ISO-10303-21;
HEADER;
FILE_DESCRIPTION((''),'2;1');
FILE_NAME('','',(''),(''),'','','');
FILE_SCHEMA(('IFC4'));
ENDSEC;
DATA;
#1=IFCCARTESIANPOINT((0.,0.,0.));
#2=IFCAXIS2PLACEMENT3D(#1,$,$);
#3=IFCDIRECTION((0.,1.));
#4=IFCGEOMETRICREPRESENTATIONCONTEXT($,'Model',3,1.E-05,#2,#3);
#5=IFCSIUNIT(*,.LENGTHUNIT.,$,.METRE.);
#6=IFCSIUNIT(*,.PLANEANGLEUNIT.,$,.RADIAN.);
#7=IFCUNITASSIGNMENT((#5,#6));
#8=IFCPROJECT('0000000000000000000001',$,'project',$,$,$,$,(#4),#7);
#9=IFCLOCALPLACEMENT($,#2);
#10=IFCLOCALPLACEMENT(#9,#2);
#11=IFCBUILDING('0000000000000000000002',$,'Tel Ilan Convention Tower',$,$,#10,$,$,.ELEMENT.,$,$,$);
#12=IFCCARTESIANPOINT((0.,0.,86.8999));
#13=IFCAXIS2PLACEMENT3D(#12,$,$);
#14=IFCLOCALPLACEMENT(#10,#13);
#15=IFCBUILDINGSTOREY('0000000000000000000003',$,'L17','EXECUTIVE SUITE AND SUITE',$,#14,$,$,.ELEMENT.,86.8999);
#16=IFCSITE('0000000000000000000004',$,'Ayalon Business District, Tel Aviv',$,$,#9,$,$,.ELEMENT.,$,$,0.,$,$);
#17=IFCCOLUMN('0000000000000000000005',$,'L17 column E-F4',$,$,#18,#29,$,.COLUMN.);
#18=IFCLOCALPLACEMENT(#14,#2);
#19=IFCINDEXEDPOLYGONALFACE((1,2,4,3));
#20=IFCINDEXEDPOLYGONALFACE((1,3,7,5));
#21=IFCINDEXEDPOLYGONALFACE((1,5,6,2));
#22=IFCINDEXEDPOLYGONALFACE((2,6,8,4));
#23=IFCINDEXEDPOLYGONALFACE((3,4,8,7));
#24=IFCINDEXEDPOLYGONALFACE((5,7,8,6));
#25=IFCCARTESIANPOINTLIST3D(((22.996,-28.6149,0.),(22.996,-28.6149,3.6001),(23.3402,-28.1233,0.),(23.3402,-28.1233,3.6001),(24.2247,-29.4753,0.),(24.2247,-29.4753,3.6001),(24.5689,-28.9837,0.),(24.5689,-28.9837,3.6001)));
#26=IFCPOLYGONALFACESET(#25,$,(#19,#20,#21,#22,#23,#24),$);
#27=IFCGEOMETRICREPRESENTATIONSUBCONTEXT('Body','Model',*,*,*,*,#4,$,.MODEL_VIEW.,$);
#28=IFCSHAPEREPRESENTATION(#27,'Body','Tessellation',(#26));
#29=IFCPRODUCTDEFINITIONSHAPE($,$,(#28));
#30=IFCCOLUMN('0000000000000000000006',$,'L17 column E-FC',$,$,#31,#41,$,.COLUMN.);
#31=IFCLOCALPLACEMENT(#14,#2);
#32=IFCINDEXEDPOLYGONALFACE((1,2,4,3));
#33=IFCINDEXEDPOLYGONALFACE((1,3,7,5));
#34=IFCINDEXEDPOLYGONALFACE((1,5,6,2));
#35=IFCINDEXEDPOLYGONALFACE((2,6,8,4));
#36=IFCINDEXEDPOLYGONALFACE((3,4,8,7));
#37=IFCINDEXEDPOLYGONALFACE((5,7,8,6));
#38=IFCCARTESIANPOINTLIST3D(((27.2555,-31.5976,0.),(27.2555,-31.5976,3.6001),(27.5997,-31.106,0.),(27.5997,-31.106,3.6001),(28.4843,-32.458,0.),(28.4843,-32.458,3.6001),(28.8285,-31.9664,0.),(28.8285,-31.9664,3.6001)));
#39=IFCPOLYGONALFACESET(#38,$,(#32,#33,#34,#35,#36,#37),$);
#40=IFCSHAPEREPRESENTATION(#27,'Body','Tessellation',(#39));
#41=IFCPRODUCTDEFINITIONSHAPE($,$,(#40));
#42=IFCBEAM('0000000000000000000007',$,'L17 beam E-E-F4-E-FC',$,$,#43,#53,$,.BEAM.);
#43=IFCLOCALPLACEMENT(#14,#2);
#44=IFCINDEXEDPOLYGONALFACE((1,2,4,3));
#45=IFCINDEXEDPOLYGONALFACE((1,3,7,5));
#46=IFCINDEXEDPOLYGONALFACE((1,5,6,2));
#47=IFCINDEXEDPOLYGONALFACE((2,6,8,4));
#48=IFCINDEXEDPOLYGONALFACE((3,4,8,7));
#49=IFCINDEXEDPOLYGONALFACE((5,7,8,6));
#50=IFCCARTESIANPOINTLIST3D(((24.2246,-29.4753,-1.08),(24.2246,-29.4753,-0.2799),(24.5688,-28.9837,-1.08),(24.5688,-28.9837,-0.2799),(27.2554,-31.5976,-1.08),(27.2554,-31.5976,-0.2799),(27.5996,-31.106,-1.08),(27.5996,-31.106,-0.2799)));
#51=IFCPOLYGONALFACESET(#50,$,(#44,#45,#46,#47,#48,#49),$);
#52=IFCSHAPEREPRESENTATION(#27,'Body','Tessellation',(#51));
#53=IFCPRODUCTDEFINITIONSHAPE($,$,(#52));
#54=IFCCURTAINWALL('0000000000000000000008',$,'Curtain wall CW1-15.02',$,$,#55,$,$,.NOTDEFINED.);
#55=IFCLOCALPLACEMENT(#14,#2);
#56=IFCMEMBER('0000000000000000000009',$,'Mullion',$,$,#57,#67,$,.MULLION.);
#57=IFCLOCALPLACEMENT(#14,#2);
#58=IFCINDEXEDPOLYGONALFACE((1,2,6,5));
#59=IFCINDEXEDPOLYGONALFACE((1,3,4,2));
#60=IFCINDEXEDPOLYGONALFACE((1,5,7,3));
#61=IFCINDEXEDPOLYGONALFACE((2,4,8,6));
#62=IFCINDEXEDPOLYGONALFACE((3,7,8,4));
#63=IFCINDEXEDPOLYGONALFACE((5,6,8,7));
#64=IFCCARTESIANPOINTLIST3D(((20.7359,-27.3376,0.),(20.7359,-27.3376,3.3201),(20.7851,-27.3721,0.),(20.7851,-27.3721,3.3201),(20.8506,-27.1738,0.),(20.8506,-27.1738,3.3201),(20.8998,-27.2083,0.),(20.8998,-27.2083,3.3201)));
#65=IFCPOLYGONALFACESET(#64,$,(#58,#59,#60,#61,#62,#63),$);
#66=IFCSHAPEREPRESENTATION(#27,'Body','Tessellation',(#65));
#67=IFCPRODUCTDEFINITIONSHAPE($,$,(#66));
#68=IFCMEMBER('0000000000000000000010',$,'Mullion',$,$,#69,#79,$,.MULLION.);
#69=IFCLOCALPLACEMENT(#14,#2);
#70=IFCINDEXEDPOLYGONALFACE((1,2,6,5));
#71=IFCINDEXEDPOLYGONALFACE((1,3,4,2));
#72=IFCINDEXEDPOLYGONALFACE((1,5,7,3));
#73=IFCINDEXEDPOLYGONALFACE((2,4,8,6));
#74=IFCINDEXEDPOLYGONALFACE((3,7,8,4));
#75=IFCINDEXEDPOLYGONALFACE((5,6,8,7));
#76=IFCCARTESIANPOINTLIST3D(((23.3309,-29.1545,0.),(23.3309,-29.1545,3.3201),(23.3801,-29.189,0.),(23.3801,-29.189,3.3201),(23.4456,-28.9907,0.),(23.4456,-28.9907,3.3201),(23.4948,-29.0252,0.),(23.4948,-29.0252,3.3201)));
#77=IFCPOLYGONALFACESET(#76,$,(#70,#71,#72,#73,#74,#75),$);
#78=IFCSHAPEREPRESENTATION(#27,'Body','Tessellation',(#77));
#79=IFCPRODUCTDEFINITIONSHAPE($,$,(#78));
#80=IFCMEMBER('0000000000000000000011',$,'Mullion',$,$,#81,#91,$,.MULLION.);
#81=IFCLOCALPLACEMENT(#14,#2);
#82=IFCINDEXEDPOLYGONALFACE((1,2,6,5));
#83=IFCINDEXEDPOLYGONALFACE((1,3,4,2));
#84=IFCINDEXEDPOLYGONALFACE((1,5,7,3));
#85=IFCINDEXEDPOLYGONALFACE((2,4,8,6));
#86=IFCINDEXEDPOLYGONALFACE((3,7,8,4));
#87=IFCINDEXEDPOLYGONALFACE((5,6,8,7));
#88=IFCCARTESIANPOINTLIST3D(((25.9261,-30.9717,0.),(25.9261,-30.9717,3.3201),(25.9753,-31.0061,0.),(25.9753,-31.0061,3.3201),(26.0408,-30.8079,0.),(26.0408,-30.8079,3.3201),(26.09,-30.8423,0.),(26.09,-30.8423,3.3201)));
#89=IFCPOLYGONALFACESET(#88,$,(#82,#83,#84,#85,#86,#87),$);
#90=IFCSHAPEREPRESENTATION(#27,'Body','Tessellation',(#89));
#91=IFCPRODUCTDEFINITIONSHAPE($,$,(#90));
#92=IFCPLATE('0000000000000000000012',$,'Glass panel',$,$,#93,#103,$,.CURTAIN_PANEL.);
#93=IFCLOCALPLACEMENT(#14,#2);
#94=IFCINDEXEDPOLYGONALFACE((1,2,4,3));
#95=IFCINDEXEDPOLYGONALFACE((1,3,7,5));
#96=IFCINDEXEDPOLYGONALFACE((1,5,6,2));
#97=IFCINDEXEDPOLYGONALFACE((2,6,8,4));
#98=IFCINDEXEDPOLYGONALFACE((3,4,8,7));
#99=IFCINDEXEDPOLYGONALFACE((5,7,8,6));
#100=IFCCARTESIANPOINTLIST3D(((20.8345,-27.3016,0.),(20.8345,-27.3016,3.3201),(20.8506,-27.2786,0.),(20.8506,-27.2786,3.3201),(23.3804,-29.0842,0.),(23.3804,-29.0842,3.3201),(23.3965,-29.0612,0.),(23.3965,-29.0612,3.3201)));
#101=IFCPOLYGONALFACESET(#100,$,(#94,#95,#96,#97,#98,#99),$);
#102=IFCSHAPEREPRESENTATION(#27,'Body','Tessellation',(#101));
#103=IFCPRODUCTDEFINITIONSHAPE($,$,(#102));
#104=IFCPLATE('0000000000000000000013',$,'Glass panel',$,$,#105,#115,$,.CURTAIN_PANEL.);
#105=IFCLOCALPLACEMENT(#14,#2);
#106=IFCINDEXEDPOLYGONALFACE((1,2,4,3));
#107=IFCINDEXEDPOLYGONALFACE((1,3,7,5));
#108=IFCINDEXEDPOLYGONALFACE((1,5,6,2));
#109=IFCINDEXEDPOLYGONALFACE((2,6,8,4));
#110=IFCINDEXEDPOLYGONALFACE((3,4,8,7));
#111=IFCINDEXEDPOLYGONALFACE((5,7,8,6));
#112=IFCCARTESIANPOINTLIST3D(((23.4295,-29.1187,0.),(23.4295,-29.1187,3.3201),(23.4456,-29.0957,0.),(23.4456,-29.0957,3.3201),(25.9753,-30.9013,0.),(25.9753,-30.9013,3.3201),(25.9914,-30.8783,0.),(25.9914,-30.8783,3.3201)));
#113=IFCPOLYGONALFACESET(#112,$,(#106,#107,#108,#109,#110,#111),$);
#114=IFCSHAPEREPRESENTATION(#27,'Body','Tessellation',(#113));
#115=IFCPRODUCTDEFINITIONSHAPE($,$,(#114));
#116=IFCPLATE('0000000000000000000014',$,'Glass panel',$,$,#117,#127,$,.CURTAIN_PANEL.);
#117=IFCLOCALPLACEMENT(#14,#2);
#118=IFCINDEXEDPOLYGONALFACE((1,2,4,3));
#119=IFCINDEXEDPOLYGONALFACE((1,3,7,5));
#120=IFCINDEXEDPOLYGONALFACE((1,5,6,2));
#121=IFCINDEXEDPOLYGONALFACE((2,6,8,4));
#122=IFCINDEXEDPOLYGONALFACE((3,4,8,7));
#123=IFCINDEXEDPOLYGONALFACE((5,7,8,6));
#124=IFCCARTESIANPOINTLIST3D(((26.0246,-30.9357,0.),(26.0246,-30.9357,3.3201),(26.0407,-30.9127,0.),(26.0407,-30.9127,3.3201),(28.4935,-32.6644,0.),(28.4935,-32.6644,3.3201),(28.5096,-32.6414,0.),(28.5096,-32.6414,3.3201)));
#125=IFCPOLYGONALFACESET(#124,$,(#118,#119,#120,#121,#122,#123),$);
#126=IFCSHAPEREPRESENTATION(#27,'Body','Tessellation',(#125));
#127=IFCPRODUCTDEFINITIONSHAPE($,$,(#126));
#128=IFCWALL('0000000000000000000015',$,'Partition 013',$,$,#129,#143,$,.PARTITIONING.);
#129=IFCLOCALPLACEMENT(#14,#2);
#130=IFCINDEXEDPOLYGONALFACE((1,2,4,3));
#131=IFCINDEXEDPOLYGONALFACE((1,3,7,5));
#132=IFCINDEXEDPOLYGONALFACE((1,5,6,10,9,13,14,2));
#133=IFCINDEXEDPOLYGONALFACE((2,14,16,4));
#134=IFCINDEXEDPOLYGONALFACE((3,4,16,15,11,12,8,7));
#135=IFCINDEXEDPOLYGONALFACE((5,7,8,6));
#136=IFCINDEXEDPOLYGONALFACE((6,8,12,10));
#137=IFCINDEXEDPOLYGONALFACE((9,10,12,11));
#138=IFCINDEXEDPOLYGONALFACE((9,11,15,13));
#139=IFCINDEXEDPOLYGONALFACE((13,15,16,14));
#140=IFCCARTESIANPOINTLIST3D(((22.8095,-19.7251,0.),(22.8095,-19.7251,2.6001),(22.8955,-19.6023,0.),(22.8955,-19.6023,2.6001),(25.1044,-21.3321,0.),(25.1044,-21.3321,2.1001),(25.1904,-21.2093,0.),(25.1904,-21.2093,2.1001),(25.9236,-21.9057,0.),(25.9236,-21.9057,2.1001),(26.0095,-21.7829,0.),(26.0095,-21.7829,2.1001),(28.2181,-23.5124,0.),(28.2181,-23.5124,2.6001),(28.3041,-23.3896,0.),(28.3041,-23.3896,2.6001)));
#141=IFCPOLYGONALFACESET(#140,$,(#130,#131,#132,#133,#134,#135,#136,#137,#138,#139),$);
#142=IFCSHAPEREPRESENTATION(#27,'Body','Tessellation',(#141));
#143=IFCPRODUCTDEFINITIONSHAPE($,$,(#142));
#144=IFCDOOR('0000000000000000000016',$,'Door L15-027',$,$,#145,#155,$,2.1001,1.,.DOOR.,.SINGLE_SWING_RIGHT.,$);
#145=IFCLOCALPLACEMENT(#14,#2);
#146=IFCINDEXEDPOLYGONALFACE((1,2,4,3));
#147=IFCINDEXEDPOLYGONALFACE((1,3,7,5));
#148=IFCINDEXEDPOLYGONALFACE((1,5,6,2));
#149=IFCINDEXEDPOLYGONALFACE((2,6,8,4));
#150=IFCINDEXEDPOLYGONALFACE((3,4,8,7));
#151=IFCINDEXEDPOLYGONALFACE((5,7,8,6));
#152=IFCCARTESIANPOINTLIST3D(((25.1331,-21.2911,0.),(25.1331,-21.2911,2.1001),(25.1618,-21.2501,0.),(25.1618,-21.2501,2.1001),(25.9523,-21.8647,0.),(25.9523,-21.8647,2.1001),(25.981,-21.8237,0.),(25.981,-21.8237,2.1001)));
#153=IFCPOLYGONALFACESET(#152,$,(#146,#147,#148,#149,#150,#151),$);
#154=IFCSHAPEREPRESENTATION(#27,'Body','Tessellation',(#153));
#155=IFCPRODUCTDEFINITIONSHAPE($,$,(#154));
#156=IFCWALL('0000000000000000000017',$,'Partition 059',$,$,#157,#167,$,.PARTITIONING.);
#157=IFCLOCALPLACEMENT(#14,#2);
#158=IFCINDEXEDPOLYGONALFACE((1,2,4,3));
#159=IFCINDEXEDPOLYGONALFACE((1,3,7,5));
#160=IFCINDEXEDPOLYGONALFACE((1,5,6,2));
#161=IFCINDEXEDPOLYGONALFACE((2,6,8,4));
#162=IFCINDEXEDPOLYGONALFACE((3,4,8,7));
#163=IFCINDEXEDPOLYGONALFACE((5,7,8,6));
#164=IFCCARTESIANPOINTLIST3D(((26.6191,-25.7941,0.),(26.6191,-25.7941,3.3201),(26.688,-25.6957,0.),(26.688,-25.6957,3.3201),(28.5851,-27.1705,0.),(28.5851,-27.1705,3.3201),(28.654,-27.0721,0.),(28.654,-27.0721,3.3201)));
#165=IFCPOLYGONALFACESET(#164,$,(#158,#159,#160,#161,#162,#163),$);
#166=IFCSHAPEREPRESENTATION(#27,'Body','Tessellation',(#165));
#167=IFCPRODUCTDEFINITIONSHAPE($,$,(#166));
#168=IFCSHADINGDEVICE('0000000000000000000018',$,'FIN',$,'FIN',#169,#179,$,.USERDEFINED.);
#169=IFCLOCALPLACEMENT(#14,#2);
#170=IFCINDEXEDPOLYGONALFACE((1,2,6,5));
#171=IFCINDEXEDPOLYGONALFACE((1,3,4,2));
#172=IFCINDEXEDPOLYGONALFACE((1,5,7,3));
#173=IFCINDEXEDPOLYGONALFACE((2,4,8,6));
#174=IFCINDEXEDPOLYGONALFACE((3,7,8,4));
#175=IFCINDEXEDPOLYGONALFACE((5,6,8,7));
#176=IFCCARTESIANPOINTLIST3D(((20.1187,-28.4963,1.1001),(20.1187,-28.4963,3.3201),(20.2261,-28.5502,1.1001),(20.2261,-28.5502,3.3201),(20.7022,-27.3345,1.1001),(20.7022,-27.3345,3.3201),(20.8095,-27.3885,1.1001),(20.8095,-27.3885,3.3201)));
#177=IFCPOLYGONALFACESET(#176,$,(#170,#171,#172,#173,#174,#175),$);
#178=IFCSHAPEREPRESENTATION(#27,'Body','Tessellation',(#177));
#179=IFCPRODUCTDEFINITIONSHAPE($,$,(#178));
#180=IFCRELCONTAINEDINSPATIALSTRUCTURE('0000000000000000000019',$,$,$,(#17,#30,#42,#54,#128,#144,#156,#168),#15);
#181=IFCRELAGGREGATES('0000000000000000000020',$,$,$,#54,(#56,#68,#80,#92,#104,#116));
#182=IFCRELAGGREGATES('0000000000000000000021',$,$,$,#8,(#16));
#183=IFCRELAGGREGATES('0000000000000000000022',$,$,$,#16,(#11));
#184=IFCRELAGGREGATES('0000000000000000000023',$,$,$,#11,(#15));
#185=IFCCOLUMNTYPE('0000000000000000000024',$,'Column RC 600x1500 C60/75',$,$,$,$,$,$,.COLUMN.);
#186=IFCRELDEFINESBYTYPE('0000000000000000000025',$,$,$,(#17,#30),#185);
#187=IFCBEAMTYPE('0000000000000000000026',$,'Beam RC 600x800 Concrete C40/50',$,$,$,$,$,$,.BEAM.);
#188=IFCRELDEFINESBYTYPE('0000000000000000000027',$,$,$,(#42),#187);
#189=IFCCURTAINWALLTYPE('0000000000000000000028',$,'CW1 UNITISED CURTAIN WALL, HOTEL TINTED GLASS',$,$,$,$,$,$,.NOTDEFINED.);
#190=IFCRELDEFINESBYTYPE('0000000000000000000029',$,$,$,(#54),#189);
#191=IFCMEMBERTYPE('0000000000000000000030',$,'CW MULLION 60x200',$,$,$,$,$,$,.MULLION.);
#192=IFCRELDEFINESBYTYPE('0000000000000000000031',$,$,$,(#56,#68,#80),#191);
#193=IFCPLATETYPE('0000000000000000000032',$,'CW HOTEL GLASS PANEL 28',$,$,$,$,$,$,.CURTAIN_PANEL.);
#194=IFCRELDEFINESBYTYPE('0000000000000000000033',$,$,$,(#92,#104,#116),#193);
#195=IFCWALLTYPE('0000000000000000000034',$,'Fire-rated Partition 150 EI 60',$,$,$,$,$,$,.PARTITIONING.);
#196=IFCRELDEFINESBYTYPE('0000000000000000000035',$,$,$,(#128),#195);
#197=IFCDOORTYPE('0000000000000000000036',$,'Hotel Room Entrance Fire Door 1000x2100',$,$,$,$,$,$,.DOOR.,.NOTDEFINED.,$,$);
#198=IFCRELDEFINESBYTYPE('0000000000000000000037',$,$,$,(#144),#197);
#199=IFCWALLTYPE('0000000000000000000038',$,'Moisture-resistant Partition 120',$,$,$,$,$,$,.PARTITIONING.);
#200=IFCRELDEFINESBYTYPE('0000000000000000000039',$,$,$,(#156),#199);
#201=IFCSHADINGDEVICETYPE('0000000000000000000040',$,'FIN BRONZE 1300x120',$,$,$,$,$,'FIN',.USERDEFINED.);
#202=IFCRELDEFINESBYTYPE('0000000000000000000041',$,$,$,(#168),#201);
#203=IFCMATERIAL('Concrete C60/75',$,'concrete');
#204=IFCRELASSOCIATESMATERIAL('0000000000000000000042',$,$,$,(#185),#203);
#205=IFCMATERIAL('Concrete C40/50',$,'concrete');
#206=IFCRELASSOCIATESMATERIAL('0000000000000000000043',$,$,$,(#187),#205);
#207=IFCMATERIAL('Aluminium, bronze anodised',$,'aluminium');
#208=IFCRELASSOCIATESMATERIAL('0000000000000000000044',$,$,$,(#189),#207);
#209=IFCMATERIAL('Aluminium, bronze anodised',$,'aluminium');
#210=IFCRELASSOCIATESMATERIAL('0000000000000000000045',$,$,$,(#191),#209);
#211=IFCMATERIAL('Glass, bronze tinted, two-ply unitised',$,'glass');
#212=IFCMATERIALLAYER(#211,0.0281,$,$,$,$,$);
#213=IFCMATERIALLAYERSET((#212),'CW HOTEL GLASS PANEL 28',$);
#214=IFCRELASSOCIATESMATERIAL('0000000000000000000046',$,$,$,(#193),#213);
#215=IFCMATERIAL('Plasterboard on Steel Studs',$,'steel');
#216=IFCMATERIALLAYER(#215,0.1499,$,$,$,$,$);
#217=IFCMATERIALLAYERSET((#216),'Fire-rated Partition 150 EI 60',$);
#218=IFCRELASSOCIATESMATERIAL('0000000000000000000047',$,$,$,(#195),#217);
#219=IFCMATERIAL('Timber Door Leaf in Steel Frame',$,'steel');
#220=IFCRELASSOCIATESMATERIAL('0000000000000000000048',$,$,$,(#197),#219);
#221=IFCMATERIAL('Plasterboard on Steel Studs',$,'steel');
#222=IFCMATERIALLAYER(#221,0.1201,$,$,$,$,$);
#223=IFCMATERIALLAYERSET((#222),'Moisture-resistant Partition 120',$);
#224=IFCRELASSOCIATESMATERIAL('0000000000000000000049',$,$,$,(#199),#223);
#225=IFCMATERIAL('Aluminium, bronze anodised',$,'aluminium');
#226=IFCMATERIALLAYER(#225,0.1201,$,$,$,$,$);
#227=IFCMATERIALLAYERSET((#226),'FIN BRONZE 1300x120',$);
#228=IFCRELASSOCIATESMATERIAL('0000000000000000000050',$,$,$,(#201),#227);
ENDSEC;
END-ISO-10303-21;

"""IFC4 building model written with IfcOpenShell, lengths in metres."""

from ifc_helpers import new_model, si_unit, direction, frame, frame_2d, origin, origin_2d, place, context, subcontext, project, spatial, rectangle, extrude, material, layer, layer_set, material_profile, profile_set, type_object, element, fill, aggregate, save


model = new_model("IFC4")

# Units and contexts
model_context = context("Model", 3, precision=1e-05, world=origin(), true_north=direction((0.0, 1.0)))
body_context = subcontext(model_context, "Body", "Model", "MODEL_VIEW")
ifc_project = project(units=[si_unit("LENGTHUNIT", "METRE"), si_unit("PLANEANGLEUNIT", "RADIAN")], contexts=[model_context])

# Site, building, storey
site_placement = place(None, origin())
site = spatial("IfcSite", under=ifc_project, at=site_placement, Name="Ayalon Business District, Tel Aviv", CompositionType="ELEMENT", RefElevation=0.0)
building_placement = place(site_placement, origin())
building = spatial("IfcBuilding", under=site, at=building_placement, Name="Tel Ilan Convention Tower", CompositionType="ELEMENT")
storey_placement = place(building_placement, frame((0.0, 0.0, 86.8999)))
storey = spatial("IfcBuildingStorey", under=building, at=storey_placement, Name="L17", Description="EXECUTIVE SUITE AND SUITE", CompositionType="ELEMENT", Elevation=86.8999)

# Columns
ifc_material_1 = material(Name="Concrete C60/75", Category="concrete")
ifc_material_profile_1 = material_profile(ifc_material_1, rectangle(XDim=1.5, YDim=0.6001, at=origin_2d()), Name="RC 600x1500")
ifc_profile_set_1 = profile_set([ifc_material_profile_1], Name="Concrete C60/75")
column_type = type_object("IfcColumnType", Name="Column RC 600x1500 C60/75", PredefinedType="COLUMN", material=ifc_profile_set_1)
for number, where, z_axis, x_axis, name in (
    (1, (23.7825, -28.7993, 0.0), (0.0, 0.0, 1.0), (0.819152, -0.573576, 0.0), "L17 column E-F4"),
    (2, (28.042, -31.782, 0.0), (0.0, 0.0, 1.0), (0.819152, -0.573576, 0.0), "L17 column E-FC"),
):
    element("IfcColumn", number, at=place(storey_placement, frame(where, z_axis=z_axis, x_axis=x_axis)), inside=storey, type_object=column_type, Name=name, PredefinedType="COLUMN", context=body_context, shape_type="SweptSolid", body=[
        extrude(rectangle(XDim=1.5, YDim=0.6001, at=origin_2d()), origin(), (0.0, 0.0, 1.0), 3.6001),
    ])

# Beam
ifc_material_2 = material(Name="Concrete C40/50", Category="concrete")
ifc_material_profile_2 = material_profile(ifc_material_2, rectangle(XDim=0.6001, YDim=0.8, at=origin_2d()), Name="RC 600x800")
ifc_profile_set_2 = profile_set([ifc_material_profile_2], Name="Concrete C40/50")
beam_type = type_object("IfcBeamType", Name="Beam RC 600x800 Concrete C40/50", PredefinedType="BEAM", material=ifc_profile_set_2)
beam_placement = place(storey_placement, frame((24.3967, -29.2295, -0.6799), z_axis=(0.819133, -0.573604, 0.0), x_axis=(0.573604, 0.819133, 0.0)))
element("IfcBeam", 3, at=beam_placement, inside=storey, type_object=beam_type, Name="L17 beam E-E-F4-E-FC", PredefinedType="BEAM", context=body_context, shape_type="SweptSolid", body=[
    extrude(rectangle(XDim=0.6001, YDim=0.8, at=origin_2d()), origin(), (0.0, 0.0, 1.0), 3.7),
])

# Curtain wall, members, plates
ifc_material_3 = material(Name="Aluminium, bronze anodised", Category="aluminium")
curtain_wall_type = type_object("IfcCurtainWallType", Name="CW1 UNITISED CURTAIN WALL, HOTEL TINTED GLASS", PredefinedType="NOTDEFINED", material=ifc_material_3)
curtain_wall_placement = place(storey_placement, origin())
curtain_wall = element("IfcCurtainWall", 4, at=curtain_wall_placement, inside=storey, type_object=curtain_wall_type, Name="Curtain wall CW1-15.02", PredefinedType="NOTDEFINED")
ifc_material_4 = material(Name="Aluminium, bronze anodised", Category="aluminium")
ifc_material_profile_3 = material_profile(ifc_material_4, rectangle(XDim=0.0601, YDim=0.2, at=origin_2d()), Name="CW MULLION 60x200")
ifc_profile_set_3 = profile_set([ifc_material_profile_3], Name="Aluminium, bronze anodised")
member_type = type_object("IfcMemberType", Name="CW MULLION 60x200", PredefinedType="MULLION", material=ifc_profile_set_3)
member_1_placement = place(storey_placement, frame((20.8179, -27.2729, 0.0), z_axis=(0.0, 0.0, 1.0), x_axis=(0.819152, -0.573576, 0.0)))
member_1 = element("IfcMember", 5, at=member_1_placement, type_object=member_type, Name="Mullion", PredefinedType="MULLION", context=body_context, shape_type="SweptSolid", body=[
    extrude(rectangle(XDim=0.0601, YDim=0.2, at=origin_2d()), origin(), (0.0, 0.0, 1.0), 3.3201),
])
member_2_placement = place(storey_placement, frame((23.4128, -29.0898, 0.0), z_axis=(0.0, 0.0, 1.0), x_axis=(0.819152, -0.573576, 0.0)))
member_2 = element("IfcMember", 6, at=member_2_placement, type_object=member_type, Name="Mullion", PredefinedType="MULLION", context=body_context, shape_type="SweptSolid", body=[
    extrude(rectangle(XDim=0.0601, YDim=0.2, at=origin_2d()), origin(), (0.0, 0.0, 1.0), 3.3201),
])
member_3_placement = place(storey_placement, frame((26.0081, -30.907, 0.0), z_axis=(0.0, 0.0, 1.0), x_axis=(0.819152, -0.573576, 0.0)))
member_3 = element("IfcMember", 7, at=member_3_placement, type_object=member_type, Name="Mullion", PredefinedType="MULLION", context=body_context, shape_type="SweptSolid", body=[
    extrude(rectangle(XDim=0.0601, YDim=0.2, at=origin_2d()), origin(), (0.0, 0.0, 1.0), 3.3201),
])
ifc_material_5 = material(Name="Glass, bronze tinted, two-ply unitised", Category="glass")
ifc_layer_1 = layer(ifc_material_5, 0.0281)
ifc_layer_set_1 = layer_set([ifc_layer_1], Name="CW HOTEL GLASS PANEL 28")
plate_type = type_object("IfcPlateType", Name="CW HOTEL GLASS PANEL 28", PredefinedType="CURTAIN_PANEL", material=ifc_layer_set_1)
plate_1_placement = place(storey_placement, frame((22.1155, -28.1814, 0.0), z_axis=(0.0, 0.0, 1.0), x_axis=(0.819152, -0.573576, 0.0)))
plate_1 = element("IfcPlate", 8, at=plate_1_placement, type_object=plate_type, Name="Glass panel", PredefinedType="CURTAIN_PANEL", context=body_context, shape_type="SweptSolid", body=[
    extrude(rectangle(XDim=3.1079, YDim=0.0281, at=origin_2d()), origin(), (0.0, 0.0, 1.0), 3.3201),
])
plate_2_placement = place(storey_placement, frame((24.7104, -29.9985, 0.0), z_axis=(0.0, 0.0, 1.0), x_axis=(0.819152, -0.573576, 0.0)))
plate_2 = element("IfcPlate", 9, at=plate_2_placement, type_object=plate_type, Name="Glass panel", PredefinedType="CURTAIN_PANEL", context=body_context, shape_type="SweptSolid", body=[
    extrude(rectangle(XDim=3.1079, YDim=0.0281, at=origin_2d()), origin(), (0.0, 0.0, 1.0), 3.3201),
])
plate_3_placement = place(storey_placement, frame((27.2671, -31.7886, 0.0), z_axis=(0.0, 0.0, 1.0), x_axis=(0.819152, -0.573576, 0.0)))
plate_3 = element("IfcPlate", 10, at=plate_3_placement, type_object=plate_type, Name="Glass panel", PredefinedType="CURTAIN_PANEL", context=body_context, shape_type="SweptSolid", body=[
    extrude(rectangle(XDim=3.0139, YDim=0.0281, at=origin_2d()), origin(), (0.0, 0.0, 1.0), 3.3201),
])
aggregate(curtain_wall, [member_1, member_2, member_3, plate_1, plate_2, plate_3])

# Wall, opening, door
ifc_material_6 = material(Name="Plasterboard on Steel Studs", Category="steel")
ifc_layer_2 = layer(ifc_material_6, 0.1499)
ifc_layer_set_2 = layer_set([ifc_layer_2], Name="Fire-rated Partition 150 EI 60")
wall_type_1 = type_object("IfcWallType", Name="Fire-rated Partition 150 EI 60", PredefinedType="PARTITIONING", material=ifc_layer_set_2)
wall_1_placement = place(storey_placement, frame((28.261, -23.4509, 0.0), z_axis=(0.0, 0.0, 1.0), x_axis=(-0.819142, 0.573591, 0.0)))
wall_1 = element("IfcWall", 11, at=wall_1_placement, inside=storey, type_object=wall_type_1, Name="Partition 013", PredefinedType="PARTITIONING", context=body_context, shape_type="SweptSolid", body=[
    extrude(rectangle(XDim=6.6028, YDim=0.1499, at=frame_2d((3.3013, 0.0))), origin(), (0.0, 0.0, 1.0), 2.6001),
])
opening_placement = place(wall_1_placement, frame((2.801, 0.0, 0.0)))
opening = element("IfcOpeningElement", 12, at=opening_placement, cuts=wall_1, PredefinedType="OPENING", context=body_context, shape_type="SweptSolid", body=[
    extrude(rectangle(XDim=1.0, YDim=2.1001, at=frame_2d((0.5, 1.05))), frame((0.0, 0.085, 0.0), z_axis=(0.0, -1.0, 0.0), x_axis=(1.0, 0.0, 0.0)), (0.0, 0.0, 1.0), 0.1699),
])
ifc_material_7 = material(Name="Timber Door Leaf in Steel Frame", Category="steel")
door_type = type_object("IfcDoorType", Name="Hotel Room Entrance Fire Door 1000x2100", OperationType="NOTDEFINED", PredefinedType="DOOR", material=ifc_material_7)
door_placement = place(opening_placement, origin())
door = element("IfcDoor", 13, at=door_placement, inside=storey, type_object=door_type, Name="Door L15-027", OperationType="SINGLE_SWING_RIGHT", OverallHeight=2.1001, OverallWidth=1.0, PredefinedType="DOOR", context=body_context, shape_type="SweptSolid", body=[
    extrude(rectangle(XDim=1.0, YDim=2.1001, at=frame_2d((0.5, 1.05))), frame((0.0, 0.0249, 0.0), z_axis=(0.0, -1.0, 0.0), x_axis=(1.0, 0.0, 0.0)), (0.0, 0.0, 1.0), 0.05),
])
fill(opening, door)

# Wall
ifc_material_8 = material(Name="Plasterboard on Steel Studs", Category="steel")
ifc_layer_3 = layer(ifc_material_8, 0.1201)
ifc_layer_set_3 = layer_set([ifc_layer_3], Name="Moisture-resistant Partition 120")
wall_type_2 = type_object("IfcWallType", Name="Moisture-resistant Partition 120", PredefinedType="PARTITIONING", material=ifc_layer_set_3)
wall_2_placement = place(storey_placement, frame((26.6536, -25.7449, 0.0), z_axis=(0.0, 0.0, 1.0), x_axis=(0.819189, -0.573524, 0.0)))
element("IfcWall", 14, at=wall_2_placement, inside=storey, type_object=wall_type_2, Name="Partition 059", PredefinedType="PARTITIONING", context=body_context, shape_type="SweptSolid", body=[
    extrude(rectangle(XDim=2.3999, YDim=0.1201, at=frame_2d((1.2, 0.0))), origin(), (0.0, 0.0, 1.0), 3.3201),
])

# Shading device
ifc_material_9 = material(Name="Aluminium, bronze anodised", Category="aluminium")
ifc_layer_4 = layer(ifc_material_9, 0.1201)
ifc_layer_set_4 = layer_set([ifc_layer_4], Name="FIN BRONZE 1300x120")
shading_device_type = type_object("IfcShadingDeviceType", Name="FIN BRONZE 1300x120", ElementType="FIN", PredefinedType="USERDEFINED", material=ifc_layer_set_4)
for number, where, z_axis, x_axis, name in (
    (15, (20.4641, -27.9424, 1.1001), (0.0, 0.0, 1.0), (-0.448799, -0.893633, 0.0), "FIN"),
):
    element("IfcShadingDevice", number, at=place(storey_placement, frame(where, z_axis=z_axis, x_axis=x_axis)), inside=storey, type_object=shading_device_type, Name=name, ObjectType="FIN", PredefinedType="USERDEFINED", context=body_context, shape_type="SweptSolid", body=[
        extrude(rectangle(XDim=1.3, YDim=0.1201, at=origin_2d()), origin(), (0.0, 0.0, 1.0), 2.22),
    ])

save(model, "model.ifc")
